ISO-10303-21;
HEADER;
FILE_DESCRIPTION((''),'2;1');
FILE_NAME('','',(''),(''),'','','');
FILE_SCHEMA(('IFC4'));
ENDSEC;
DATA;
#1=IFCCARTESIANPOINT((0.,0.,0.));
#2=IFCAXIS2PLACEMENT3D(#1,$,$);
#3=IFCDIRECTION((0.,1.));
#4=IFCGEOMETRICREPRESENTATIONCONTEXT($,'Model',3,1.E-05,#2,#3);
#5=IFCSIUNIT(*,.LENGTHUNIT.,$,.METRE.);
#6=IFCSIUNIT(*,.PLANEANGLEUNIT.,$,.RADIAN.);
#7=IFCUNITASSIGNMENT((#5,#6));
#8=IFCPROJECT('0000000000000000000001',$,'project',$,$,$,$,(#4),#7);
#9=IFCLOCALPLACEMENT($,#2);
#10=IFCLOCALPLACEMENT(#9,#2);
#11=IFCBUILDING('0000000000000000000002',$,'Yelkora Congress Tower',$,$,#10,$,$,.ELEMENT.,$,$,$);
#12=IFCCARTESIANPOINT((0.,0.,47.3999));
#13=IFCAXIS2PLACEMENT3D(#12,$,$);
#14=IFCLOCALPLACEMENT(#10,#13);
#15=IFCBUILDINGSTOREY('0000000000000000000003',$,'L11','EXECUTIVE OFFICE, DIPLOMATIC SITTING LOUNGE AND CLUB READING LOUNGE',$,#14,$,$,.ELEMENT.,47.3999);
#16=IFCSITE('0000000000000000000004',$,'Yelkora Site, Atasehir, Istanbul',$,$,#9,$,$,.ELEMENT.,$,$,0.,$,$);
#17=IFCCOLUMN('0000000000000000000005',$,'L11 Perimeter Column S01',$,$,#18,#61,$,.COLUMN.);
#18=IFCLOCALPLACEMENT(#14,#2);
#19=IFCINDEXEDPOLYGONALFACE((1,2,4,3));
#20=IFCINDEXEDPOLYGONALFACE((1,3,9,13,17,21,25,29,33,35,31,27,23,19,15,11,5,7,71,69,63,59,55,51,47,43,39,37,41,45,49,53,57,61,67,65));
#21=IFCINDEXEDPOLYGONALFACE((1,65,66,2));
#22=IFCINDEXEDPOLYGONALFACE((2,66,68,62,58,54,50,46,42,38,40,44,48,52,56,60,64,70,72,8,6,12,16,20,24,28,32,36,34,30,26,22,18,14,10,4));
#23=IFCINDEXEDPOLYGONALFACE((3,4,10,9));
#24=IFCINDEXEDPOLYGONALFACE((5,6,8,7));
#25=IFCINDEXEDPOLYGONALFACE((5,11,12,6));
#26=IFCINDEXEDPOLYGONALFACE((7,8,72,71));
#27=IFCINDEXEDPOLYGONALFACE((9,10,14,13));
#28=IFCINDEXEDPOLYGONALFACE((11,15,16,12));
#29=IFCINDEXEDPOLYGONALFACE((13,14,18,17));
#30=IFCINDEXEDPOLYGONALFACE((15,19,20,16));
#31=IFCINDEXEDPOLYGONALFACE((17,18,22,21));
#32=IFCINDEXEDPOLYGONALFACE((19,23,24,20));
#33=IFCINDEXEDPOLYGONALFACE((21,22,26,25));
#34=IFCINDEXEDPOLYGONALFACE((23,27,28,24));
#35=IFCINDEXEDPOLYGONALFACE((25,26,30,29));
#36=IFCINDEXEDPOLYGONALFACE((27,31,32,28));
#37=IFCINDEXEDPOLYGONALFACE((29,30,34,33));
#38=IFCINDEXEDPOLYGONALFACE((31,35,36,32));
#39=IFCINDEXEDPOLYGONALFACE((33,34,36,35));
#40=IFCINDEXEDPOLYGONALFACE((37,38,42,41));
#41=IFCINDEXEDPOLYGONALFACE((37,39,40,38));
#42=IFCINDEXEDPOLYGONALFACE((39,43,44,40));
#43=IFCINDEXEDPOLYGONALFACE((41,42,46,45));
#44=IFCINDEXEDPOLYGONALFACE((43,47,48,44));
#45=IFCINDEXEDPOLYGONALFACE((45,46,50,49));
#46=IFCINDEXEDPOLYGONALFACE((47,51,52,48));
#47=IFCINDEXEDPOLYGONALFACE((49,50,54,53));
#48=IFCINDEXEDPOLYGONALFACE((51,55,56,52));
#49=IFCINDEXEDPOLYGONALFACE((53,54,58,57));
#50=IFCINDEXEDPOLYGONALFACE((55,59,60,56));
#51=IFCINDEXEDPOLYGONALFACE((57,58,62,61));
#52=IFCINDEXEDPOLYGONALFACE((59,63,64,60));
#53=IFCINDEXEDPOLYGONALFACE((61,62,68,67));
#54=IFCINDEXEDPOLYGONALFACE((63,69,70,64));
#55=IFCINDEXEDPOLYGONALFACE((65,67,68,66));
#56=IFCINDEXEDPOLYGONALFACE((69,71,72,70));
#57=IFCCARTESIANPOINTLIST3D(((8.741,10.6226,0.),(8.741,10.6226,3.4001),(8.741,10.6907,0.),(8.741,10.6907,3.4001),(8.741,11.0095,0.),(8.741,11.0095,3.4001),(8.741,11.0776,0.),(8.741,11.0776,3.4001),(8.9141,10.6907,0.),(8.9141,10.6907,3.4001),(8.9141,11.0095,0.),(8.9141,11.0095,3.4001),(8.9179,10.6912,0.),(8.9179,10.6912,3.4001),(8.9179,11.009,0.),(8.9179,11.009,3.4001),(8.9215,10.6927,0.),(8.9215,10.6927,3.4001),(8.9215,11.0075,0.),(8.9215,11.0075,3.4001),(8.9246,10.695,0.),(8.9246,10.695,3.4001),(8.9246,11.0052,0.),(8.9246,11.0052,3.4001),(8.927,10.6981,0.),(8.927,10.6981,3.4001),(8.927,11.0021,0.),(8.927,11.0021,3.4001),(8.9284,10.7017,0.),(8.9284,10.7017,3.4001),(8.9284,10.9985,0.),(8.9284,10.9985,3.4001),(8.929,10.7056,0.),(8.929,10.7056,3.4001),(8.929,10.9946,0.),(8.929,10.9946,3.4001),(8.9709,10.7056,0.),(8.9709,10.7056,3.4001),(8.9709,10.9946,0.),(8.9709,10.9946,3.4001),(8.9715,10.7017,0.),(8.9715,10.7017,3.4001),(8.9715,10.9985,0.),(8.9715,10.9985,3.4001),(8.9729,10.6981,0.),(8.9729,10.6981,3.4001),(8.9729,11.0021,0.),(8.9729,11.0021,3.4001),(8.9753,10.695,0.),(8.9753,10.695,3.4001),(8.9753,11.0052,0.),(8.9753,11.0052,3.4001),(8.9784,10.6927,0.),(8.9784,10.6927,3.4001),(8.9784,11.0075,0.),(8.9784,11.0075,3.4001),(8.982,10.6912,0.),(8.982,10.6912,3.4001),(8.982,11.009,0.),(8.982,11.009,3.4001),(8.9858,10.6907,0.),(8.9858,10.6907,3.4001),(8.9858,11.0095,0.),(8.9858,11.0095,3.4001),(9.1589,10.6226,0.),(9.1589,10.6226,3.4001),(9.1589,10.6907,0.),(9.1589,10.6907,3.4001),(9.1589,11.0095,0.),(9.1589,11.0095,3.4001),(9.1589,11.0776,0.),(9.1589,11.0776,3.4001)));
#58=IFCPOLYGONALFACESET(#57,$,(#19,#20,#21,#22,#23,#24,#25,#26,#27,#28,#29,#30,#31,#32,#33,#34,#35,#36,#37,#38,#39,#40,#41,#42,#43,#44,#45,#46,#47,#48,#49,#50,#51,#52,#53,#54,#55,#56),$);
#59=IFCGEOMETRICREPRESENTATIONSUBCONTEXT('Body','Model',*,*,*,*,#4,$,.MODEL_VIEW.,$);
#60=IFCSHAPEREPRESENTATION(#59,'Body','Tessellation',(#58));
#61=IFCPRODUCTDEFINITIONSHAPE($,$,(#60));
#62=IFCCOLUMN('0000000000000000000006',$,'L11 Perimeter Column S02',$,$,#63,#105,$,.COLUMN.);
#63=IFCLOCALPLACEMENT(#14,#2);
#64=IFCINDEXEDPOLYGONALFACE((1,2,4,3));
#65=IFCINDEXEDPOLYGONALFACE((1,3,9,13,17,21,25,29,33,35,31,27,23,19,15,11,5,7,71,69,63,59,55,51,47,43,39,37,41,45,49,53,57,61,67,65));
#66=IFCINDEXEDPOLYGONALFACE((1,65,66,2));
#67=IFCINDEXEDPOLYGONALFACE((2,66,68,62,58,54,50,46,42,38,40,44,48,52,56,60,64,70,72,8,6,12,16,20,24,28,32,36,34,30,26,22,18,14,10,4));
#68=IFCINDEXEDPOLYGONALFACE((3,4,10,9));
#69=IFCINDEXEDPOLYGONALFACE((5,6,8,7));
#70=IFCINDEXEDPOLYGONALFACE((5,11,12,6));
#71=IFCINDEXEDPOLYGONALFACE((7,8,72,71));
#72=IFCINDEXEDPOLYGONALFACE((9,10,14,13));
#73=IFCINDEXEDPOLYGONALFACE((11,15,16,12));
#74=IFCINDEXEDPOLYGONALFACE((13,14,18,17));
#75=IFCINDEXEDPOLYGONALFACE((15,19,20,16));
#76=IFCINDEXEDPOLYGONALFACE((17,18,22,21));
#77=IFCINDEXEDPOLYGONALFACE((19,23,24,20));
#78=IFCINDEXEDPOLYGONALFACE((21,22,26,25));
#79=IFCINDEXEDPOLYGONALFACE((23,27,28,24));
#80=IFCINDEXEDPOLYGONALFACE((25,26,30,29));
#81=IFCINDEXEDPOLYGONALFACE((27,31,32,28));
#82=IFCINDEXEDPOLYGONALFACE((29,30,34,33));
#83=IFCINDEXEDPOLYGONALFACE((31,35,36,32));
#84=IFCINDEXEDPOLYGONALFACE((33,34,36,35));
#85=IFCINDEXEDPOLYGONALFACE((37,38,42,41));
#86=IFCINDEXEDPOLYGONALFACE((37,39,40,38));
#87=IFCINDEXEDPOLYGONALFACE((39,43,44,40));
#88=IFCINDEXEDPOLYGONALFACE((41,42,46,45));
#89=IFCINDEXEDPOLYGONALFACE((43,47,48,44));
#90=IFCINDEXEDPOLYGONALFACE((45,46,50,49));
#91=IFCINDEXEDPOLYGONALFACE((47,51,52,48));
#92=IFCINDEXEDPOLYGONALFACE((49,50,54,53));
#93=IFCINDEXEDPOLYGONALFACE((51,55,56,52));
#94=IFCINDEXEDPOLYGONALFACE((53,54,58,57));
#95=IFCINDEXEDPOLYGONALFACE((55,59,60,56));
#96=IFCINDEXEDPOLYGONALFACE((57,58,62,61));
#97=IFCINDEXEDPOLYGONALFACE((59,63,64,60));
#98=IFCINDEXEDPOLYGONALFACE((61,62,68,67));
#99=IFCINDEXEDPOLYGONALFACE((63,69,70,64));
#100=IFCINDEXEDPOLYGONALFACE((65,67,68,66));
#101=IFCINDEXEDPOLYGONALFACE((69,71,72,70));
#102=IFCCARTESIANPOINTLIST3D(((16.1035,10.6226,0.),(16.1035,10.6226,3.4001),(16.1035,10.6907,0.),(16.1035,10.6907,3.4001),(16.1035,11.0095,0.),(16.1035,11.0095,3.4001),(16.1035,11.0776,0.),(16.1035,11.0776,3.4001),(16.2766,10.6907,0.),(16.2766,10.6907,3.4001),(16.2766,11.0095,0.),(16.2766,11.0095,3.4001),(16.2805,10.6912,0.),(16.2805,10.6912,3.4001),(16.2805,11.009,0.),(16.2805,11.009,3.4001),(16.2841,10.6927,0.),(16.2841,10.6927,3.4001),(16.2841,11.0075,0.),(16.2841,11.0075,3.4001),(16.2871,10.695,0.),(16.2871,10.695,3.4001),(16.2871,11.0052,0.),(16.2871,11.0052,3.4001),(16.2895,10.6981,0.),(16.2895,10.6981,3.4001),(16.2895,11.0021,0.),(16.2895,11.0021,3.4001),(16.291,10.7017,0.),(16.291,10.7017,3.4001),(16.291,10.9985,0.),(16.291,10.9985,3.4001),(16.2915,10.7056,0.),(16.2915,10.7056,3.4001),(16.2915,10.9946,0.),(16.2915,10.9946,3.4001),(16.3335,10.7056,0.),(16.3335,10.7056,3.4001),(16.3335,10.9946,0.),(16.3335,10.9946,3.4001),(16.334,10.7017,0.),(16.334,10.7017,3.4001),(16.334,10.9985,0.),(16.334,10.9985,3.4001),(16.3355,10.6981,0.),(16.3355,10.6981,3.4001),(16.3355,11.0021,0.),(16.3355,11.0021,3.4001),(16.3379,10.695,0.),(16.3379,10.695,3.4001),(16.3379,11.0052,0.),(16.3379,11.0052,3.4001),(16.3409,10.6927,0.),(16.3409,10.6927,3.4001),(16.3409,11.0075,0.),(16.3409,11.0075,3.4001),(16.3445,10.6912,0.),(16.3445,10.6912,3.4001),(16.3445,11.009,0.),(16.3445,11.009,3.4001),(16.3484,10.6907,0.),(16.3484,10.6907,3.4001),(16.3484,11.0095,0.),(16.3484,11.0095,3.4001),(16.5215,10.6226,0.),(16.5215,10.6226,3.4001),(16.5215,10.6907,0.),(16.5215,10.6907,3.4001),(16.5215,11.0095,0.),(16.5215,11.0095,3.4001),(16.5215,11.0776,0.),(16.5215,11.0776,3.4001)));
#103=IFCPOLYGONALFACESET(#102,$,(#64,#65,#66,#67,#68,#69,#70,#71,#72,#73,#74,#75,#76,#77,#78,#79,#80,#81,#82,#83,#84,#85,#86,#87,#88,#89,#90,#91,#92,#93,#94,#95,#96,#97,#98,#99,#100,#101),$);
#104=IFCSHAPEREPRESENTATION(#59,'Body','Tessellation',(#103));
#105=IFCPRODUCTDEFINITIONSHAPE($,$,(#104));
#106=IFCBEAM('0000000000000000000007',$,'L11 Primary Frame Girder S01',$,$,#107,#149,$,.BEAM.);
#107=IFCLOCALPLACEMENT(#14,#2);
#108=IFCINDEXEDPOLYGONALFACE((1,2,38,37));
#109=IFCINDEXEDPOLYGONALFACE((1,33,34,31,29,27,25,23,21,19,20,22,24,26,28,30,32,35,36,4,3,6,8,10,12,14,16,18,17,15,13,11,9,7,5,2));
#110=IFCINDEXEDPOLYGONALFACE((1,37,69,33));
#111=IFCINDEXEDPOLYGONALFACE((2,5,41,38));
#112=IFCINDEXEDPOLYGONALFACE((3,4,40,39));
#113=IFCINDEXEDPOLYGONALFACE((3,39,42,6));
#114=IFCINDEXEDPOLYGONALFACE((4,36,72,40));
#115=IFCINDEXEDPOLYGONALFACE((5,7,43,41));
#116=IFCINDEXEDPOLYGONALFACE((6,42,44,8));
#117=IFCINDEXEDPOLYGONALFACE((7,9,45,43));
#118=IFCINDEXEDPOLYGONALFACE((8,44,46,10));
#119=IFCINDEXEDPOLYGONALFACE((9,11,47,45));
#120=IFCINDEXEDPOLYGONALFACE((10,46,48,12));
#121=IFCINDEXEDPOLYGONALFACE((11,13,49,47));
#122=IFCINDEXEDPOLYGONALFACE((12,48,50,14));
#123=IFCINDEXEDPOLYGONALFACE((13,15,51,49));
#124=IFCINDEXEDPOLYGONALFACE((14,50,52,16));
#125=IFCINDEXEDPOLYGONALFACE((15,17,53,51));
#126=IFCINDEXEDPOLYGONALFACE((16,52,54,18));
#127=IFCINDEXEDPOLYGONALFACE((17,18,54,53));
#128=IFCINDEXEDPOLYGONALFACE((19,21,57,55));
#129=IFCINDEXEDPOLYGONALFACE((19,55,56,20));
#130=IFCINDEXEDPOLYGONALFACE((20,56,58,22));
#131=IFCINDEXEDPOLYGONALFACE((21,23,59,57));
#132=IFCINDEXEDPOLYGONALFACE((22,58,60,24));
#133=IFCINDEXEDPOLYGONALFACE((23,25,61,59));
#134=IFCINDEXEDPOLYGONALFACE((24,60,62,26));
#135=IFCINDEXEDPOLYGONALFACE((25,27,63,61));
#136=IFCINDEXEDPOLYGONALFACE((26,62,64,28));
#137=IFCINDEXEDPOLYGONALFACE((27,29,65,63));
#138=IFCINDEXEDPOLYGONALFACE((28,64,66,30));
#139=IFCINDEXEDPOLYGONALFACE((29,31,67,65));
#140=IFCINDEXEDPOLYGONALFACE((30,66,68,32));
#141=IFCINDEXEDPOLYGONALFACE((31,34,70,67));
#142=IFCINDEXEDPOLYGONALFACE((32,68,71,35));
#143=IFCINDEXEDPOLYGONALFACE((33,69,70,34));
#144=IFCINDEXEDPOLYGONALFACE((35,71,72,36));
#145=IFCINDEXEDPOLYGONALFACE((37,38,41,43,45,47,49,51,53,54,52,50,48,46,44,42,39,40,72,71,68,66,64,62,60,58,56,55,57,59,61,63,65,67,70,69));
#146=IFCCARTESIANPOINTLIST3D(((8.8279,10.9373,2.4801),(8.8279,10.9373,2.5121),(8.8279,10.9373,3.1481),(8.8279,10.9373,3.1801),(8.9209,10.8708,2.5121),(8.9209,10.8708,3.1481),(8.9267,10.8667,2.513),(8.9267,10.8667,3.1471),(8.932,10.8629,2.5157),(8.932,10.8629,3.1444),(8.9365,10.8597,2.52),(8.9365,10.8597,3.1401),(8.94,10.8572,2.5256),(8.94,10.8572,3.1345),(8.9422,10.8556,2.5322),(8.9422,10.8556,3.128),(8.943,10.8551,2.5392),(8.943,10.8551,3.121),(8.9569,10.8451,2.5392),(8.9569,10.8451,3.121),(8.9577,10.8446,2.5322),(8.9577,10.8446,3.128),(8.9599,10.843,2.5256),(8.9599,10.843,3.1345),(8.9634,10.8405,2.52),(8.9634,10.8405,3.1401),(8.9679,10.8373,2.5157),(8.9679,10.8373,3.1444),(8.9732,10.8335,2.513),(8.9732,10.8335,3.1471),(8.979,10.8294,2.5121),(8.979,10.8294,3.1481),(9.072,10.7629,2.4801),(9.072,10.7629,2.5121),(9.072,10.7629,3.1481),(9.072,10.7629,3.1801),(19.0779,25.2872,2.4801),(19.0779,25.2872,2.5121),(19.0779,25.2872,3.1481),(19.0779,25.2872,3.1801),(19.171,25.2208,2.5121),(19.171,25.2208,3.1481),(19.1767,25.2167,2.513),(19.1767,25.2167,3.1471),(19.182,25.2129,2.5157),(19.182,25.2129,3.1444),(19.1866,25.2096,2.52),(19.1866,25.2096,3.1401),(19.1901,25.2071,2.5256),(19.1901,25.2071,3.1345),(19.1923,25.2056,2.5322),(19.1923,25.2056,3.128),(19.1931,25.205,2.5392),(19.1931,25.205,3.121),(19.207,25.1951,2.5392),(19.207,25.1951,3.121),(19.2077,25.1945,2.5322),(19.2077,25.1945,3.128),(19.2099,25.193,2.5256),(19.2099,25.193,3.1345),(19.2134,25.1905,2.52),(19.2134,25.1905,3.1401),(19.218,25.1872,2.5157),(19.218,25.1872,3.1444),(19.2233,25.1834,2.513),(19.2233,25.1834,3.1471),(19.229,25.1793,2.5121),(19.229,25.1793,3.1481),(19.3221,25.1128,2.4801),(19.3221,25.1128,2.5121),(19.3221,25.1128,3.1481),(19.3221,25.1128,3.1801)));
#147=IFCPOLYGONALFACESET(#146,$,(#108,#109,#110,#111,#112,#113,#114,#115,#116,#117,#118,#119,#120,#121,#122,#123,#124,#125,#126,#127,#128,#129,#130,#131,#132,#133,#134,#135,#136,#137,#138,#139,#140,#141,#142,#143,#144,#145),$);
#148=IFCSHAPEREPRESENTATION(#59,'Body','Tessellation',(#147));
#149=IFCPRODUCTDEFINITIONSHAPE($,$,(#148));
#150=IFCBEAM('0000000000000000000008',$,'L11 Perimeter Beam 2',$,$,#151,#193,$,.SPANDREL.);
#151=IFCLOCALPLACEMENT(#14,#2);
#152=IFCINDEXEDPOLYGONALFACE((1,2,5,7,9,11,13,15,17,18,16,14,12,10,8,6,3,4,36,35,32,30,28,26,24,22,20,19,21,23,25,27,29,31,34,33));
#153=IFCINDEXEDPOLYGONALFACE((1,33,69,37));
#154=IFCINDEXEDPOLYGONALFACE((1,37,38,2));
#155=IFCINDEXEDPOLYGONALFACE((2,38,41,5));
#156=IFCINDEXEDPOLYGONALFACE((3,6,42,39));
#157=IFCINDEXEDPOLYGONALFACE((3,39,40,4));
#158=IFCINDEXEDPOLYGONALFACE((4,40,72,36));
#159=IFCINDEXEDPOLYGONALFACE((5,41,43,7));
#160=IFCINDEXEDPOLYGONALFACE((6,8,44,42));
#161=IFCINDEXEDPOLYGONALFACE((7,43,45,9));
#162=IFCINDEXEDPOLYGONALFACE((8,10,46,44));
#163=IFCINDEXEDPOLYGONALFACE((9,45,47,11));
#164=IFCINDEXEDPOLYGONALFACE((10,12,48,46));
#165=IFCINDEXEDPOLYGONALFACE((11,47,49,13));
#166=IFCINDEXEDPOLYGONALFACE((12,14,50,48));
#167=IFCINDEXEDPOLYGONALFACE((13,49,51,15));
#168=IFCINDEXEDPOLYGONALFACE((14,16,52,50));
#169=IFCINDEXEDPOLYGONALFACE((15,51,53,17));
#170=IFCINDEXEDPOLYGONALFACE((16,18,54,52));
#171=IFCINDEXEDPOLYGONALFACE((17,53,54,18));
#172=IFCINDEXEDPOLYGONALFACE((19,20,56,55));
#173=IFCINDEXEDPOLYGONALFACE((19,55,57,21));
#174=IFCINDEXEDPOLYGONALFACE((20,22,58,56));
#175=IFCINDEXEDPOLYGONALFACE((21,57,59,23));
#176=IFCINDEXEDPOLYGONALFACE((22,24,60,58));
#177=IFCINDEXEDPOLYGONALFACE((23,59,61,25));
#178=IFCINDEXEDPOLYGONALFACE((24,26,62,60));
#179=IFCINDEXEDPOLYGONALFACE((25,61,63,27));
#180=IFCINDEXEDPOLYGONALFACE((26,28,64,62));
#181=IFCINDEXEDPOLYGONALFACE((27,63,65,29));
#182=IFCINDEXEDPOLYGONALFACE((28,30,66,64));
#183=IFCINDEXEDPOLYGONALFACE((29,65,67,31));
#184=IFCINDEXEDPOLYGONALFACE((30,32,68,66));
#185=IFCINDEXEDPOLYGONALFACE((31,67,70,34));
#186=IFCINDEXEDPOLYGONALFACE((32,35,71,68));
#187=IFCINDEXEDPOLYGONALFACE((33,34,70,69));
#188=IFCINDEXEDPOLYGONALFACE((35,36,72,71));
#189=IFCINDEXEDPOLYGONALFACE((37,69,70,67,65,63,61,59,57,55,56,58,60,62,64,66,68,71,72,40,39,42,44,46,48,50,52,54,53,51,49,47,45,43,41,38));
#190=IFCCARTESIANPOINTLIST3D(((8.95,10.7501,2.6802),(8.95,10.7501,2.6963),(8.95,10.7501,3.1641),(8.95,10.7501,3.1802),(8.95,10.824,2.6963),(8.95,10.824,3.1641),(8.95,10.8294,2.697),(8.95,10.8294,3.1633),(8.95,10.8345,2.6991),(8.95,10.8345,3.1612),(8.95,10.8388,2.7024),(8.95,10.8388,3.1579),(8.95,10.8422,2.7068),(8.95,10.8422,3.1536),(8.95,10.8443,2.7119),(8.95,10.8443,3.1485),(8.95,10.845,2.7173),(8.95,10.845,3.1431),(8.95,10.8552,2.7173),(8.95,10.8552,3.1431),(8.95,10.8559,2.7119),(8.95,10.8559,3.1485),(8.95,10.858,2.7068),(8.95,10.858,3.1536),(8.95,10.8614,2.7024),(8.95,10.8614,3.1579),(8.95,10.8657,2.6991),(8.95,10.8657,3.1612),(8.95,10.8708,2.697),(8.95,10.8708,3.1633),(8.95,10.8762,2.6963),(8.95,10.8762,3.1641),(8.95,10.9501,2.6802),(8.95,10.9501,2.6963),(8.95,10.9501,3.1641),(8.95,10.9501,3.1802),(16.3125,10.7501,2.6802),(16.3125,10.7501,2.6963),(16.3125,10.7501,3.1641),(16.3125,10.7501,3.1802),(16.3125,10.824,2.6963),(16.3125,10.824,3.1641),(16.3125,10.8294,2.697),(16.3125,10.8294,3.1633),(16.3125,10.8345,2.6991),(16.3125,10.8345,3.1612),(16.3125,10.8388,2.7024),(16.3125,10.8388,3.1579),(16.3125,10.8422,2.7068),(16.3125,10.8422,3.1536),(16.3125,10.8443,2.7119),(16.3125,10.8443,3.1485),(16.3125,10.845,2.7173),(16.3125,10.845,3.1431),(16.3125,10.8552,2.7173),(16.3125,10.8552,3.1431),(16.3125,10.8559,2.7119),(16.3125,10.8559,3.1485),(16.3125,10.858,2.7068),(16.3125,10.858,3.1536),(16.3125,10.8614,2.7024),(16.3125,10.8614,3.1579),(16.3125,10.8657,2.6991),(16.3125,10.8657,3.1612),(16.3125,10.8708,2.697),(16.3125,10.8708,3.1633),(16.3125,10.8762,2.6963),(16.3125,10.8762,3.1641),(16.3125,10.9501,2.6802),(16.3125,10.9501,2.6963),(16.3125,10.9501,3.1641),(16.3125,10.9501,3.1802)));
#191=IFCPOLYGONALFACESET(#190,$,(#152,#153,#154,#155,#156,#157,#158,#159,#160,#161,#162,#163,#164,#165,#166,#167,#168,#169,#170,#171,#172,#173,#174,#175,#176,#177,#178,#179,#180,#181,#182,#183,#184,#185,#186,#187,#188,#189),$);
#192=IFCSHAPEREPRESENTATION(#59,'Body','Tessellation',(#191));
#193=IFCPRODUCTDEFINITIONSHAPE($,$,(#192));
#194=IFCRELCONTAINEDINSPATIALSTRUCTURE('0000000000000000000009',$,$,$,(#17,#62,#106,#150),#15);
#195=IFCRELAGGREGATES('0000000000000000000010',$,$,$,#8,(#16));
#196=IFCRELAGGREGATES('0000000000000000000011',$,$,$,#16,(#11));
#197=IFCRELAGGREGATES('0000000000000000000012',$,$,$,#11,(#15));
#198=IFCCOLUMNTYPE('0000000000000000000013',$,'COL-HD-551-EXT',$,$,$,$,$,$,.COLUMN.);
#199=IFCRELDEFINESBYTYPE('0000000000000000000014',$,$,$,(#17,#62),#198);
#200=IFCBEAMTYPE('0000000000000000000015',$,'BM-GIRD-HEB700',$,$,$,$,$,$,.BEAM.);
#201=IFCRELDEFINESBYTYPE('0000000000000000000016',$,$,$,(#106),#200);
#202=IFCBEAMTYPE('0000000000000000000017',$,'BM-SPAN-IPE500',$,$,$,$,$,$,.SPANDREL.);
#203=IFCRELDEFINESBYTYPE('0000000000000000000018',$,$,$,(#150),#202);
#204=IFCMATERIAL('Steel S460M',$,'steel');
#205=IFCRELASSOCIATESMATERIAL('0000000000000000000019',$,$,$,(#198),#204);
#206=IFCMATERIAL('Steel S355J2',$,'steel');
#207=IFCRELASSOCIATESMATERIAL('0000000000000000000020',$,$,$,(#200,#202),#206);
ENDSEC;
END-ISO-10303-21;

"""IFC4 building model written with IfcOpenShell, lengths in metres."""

from ifc_helpers import new_model, si_unit, direction, frame, origin, origin_2d, place, context, subcontext, project, spatial, i_section, extrude, material, material_profile, profile_set, type_object, element, save


model = new_model("IFC4")

# Units and contexts
model_context = context("Model", 3, precision=1e-05, world=origin(), true_north=direction((0.0, 1.0)))
body_context = subcontext(model_context, "Body", "Model", "MODEL_VIEW")
ifc_project = project(units=[si_unit("LENGTHUNIT", "METRE"), si_unit("PLANEANGLEUNIT", "RADIAN")], contexts=[model_context])

# Site, building, storey
site_placement = place(None, origin())
site = spatial("IfcSite", under=ifc_project, at=site_placement, Name="Yelkora Site, Atasehir, Istanbul", CompositionType="ELEMENT", RefElevation=0.0)
building_placement = place(site_placement, origin())
building = spatial("IfcBuilding", under=site, at=building_placement, Name="Yelkora Congress Tower", CompositionType="ELEMENT")
storey_placement = place(building_placement, frame((0.0, 0.0, 47.3999)))
storey = spatial("IfcBuildingStorey", under=building, at=storey_placement, Name="L11", Description="EXECUTIVE OFFICE, DIPLOMATIC SITTING LOUNGE AND CLUB READING LOUNGE", CompositionType="ELEMENT", Elevation=47.3999)

# Columns
ifc_material_1 = material(Name="Steel S460M", Category="steel")
ifc_material_profile_1 = material_profile(ifc_material_1, i_section(OverallWidth=0.418, OverallDepth=0.4551, WebThickness=0.042, FlangeThickness=0.0681, FilletRadius=0.0149, at=origin_2d()), Name="HD 400x551")
ifc_profile_set_1 = profile_set([ifc_material_profile_1], Name="Steel S460M")
column_type = type_object("IfcColumnType", Name="COL-HD-551-EXT", PredefinedType="COLUMN", material=ifc_profile_set_1)
for number, where, z_axis, x_axis, name in (
    (1, (8.95, 10.8501, 0.0), (0.0, 0.0, 1.0), (1.0, 0.0, 0.0), "L11 Perimeter Column S01"),
    (2, (16.3125, 10.8501, 0.0), (0.0, 0.0, 1.0), (1.0, 0.0, 0.0), "L11 Perimeter Column S02"),
):
    element("IfcColumn", number, at=place(storey_placement, frame(where, z_axis=z_axis, x_axis=x_axis)), inside=storey, type_object=column_type, Name=name, PredefinedType="COLUMN", context=body_context, shape_type="SweptSolid", body=[
        extrude(i_section(OverallWidth=0.418, OverallDepth=0.4551, WebThickness=0.042, FlangeThickness=0.0681, FilletRadius=0.0149, at=origin_2d()), origin(), (0.0, 0.0, 1.0), 3.4001),
    ])

# Beams
ifc_material_2 = material(Name="Steel S355J2", Category="steel")
ifc_material_profile_2 = material_profile(ifc_material_2, i_section(OverallWidth=0.3, OverallDepth=0.7, WebThickness=0.0171, FlangeThickness=0.032, FilletRadius=0.0271, at=origin_2d()), Name="HEB 700")
ifc_profile_set_2 = profile_set([ifc_material_profile_2], Name="Steel S355J2")
beam_type_1 = type_object("IfcBeamType", Name="BM-GIRD-HEB700", PredefinedType="BEAM", material=ifc_profile_set_2)
beam_1_placement = place(storey_placement, frame((8.95, 10.8501, 2.8301), z_axis=(0.581242, 0.813731, 0.0), x_axis=(-0.813731, 0.581242, 0.0)))
element("IfcBeam", 3, at=beam_1_placement, inside=storey, type_object=beam_type_1, Name="L11 Primary Frame Girder S01", PredefinedType="BEAM", context=body_context, shape_type="SweptSolid", body=[
    extrude(i_section(OverallWidth=0.3, OverallDepth=0.7, WebThickness=0.0171, FlangeThickness=0.032, FilletRadius=0.0271, at=origin_2d()), origin(), (0.0, 0.0, 1.0), 17.6348),
])
ifc_material_profile_3 = material_profile(ifc_material_2, i_section(OverallWidth=0.2, OverallDepth=0.5, WebThickness=0.0103, FlangeThickness=0.0161, FilletRadius=0.021, at=origin_2d()), Name="IPE 500")
ifc_profile_set_3 = profile_set([ifc_material_profile_3], Name="Steel S355J2")
beam_type_2 = type_object("IfcBeamType", Name="BM-SPAN-IPE500", PredefinedType="SPANDREL", material=ifc_profile_set_3)
beam_2_placement = place(storey_placement, frame((8.95, 10.8501, 2.9302), z_axis=(1.0, 0.0, 0.0), x_axis=(0.0, 1.0, 0.0)))
element("IfcBeam", 4, at=beam_2_placement, inside=storey, type_object=beam_type_2, Name="L11 Perimeter Beam 2", PredefinedType="SPANDREL", context=body_context, shape_type="SweptSolid", body=[
    extrude(i_section(OverallWidth=0.2, OverallDepth=0.5, WebThickness=0.0103, FlangeThickness=0.0161, FilletRadius=0.021, at=origin_2d()), origin(), (0.0, 0.0, 1.0), 7.3625),
])

save(model, "model.ifc")
